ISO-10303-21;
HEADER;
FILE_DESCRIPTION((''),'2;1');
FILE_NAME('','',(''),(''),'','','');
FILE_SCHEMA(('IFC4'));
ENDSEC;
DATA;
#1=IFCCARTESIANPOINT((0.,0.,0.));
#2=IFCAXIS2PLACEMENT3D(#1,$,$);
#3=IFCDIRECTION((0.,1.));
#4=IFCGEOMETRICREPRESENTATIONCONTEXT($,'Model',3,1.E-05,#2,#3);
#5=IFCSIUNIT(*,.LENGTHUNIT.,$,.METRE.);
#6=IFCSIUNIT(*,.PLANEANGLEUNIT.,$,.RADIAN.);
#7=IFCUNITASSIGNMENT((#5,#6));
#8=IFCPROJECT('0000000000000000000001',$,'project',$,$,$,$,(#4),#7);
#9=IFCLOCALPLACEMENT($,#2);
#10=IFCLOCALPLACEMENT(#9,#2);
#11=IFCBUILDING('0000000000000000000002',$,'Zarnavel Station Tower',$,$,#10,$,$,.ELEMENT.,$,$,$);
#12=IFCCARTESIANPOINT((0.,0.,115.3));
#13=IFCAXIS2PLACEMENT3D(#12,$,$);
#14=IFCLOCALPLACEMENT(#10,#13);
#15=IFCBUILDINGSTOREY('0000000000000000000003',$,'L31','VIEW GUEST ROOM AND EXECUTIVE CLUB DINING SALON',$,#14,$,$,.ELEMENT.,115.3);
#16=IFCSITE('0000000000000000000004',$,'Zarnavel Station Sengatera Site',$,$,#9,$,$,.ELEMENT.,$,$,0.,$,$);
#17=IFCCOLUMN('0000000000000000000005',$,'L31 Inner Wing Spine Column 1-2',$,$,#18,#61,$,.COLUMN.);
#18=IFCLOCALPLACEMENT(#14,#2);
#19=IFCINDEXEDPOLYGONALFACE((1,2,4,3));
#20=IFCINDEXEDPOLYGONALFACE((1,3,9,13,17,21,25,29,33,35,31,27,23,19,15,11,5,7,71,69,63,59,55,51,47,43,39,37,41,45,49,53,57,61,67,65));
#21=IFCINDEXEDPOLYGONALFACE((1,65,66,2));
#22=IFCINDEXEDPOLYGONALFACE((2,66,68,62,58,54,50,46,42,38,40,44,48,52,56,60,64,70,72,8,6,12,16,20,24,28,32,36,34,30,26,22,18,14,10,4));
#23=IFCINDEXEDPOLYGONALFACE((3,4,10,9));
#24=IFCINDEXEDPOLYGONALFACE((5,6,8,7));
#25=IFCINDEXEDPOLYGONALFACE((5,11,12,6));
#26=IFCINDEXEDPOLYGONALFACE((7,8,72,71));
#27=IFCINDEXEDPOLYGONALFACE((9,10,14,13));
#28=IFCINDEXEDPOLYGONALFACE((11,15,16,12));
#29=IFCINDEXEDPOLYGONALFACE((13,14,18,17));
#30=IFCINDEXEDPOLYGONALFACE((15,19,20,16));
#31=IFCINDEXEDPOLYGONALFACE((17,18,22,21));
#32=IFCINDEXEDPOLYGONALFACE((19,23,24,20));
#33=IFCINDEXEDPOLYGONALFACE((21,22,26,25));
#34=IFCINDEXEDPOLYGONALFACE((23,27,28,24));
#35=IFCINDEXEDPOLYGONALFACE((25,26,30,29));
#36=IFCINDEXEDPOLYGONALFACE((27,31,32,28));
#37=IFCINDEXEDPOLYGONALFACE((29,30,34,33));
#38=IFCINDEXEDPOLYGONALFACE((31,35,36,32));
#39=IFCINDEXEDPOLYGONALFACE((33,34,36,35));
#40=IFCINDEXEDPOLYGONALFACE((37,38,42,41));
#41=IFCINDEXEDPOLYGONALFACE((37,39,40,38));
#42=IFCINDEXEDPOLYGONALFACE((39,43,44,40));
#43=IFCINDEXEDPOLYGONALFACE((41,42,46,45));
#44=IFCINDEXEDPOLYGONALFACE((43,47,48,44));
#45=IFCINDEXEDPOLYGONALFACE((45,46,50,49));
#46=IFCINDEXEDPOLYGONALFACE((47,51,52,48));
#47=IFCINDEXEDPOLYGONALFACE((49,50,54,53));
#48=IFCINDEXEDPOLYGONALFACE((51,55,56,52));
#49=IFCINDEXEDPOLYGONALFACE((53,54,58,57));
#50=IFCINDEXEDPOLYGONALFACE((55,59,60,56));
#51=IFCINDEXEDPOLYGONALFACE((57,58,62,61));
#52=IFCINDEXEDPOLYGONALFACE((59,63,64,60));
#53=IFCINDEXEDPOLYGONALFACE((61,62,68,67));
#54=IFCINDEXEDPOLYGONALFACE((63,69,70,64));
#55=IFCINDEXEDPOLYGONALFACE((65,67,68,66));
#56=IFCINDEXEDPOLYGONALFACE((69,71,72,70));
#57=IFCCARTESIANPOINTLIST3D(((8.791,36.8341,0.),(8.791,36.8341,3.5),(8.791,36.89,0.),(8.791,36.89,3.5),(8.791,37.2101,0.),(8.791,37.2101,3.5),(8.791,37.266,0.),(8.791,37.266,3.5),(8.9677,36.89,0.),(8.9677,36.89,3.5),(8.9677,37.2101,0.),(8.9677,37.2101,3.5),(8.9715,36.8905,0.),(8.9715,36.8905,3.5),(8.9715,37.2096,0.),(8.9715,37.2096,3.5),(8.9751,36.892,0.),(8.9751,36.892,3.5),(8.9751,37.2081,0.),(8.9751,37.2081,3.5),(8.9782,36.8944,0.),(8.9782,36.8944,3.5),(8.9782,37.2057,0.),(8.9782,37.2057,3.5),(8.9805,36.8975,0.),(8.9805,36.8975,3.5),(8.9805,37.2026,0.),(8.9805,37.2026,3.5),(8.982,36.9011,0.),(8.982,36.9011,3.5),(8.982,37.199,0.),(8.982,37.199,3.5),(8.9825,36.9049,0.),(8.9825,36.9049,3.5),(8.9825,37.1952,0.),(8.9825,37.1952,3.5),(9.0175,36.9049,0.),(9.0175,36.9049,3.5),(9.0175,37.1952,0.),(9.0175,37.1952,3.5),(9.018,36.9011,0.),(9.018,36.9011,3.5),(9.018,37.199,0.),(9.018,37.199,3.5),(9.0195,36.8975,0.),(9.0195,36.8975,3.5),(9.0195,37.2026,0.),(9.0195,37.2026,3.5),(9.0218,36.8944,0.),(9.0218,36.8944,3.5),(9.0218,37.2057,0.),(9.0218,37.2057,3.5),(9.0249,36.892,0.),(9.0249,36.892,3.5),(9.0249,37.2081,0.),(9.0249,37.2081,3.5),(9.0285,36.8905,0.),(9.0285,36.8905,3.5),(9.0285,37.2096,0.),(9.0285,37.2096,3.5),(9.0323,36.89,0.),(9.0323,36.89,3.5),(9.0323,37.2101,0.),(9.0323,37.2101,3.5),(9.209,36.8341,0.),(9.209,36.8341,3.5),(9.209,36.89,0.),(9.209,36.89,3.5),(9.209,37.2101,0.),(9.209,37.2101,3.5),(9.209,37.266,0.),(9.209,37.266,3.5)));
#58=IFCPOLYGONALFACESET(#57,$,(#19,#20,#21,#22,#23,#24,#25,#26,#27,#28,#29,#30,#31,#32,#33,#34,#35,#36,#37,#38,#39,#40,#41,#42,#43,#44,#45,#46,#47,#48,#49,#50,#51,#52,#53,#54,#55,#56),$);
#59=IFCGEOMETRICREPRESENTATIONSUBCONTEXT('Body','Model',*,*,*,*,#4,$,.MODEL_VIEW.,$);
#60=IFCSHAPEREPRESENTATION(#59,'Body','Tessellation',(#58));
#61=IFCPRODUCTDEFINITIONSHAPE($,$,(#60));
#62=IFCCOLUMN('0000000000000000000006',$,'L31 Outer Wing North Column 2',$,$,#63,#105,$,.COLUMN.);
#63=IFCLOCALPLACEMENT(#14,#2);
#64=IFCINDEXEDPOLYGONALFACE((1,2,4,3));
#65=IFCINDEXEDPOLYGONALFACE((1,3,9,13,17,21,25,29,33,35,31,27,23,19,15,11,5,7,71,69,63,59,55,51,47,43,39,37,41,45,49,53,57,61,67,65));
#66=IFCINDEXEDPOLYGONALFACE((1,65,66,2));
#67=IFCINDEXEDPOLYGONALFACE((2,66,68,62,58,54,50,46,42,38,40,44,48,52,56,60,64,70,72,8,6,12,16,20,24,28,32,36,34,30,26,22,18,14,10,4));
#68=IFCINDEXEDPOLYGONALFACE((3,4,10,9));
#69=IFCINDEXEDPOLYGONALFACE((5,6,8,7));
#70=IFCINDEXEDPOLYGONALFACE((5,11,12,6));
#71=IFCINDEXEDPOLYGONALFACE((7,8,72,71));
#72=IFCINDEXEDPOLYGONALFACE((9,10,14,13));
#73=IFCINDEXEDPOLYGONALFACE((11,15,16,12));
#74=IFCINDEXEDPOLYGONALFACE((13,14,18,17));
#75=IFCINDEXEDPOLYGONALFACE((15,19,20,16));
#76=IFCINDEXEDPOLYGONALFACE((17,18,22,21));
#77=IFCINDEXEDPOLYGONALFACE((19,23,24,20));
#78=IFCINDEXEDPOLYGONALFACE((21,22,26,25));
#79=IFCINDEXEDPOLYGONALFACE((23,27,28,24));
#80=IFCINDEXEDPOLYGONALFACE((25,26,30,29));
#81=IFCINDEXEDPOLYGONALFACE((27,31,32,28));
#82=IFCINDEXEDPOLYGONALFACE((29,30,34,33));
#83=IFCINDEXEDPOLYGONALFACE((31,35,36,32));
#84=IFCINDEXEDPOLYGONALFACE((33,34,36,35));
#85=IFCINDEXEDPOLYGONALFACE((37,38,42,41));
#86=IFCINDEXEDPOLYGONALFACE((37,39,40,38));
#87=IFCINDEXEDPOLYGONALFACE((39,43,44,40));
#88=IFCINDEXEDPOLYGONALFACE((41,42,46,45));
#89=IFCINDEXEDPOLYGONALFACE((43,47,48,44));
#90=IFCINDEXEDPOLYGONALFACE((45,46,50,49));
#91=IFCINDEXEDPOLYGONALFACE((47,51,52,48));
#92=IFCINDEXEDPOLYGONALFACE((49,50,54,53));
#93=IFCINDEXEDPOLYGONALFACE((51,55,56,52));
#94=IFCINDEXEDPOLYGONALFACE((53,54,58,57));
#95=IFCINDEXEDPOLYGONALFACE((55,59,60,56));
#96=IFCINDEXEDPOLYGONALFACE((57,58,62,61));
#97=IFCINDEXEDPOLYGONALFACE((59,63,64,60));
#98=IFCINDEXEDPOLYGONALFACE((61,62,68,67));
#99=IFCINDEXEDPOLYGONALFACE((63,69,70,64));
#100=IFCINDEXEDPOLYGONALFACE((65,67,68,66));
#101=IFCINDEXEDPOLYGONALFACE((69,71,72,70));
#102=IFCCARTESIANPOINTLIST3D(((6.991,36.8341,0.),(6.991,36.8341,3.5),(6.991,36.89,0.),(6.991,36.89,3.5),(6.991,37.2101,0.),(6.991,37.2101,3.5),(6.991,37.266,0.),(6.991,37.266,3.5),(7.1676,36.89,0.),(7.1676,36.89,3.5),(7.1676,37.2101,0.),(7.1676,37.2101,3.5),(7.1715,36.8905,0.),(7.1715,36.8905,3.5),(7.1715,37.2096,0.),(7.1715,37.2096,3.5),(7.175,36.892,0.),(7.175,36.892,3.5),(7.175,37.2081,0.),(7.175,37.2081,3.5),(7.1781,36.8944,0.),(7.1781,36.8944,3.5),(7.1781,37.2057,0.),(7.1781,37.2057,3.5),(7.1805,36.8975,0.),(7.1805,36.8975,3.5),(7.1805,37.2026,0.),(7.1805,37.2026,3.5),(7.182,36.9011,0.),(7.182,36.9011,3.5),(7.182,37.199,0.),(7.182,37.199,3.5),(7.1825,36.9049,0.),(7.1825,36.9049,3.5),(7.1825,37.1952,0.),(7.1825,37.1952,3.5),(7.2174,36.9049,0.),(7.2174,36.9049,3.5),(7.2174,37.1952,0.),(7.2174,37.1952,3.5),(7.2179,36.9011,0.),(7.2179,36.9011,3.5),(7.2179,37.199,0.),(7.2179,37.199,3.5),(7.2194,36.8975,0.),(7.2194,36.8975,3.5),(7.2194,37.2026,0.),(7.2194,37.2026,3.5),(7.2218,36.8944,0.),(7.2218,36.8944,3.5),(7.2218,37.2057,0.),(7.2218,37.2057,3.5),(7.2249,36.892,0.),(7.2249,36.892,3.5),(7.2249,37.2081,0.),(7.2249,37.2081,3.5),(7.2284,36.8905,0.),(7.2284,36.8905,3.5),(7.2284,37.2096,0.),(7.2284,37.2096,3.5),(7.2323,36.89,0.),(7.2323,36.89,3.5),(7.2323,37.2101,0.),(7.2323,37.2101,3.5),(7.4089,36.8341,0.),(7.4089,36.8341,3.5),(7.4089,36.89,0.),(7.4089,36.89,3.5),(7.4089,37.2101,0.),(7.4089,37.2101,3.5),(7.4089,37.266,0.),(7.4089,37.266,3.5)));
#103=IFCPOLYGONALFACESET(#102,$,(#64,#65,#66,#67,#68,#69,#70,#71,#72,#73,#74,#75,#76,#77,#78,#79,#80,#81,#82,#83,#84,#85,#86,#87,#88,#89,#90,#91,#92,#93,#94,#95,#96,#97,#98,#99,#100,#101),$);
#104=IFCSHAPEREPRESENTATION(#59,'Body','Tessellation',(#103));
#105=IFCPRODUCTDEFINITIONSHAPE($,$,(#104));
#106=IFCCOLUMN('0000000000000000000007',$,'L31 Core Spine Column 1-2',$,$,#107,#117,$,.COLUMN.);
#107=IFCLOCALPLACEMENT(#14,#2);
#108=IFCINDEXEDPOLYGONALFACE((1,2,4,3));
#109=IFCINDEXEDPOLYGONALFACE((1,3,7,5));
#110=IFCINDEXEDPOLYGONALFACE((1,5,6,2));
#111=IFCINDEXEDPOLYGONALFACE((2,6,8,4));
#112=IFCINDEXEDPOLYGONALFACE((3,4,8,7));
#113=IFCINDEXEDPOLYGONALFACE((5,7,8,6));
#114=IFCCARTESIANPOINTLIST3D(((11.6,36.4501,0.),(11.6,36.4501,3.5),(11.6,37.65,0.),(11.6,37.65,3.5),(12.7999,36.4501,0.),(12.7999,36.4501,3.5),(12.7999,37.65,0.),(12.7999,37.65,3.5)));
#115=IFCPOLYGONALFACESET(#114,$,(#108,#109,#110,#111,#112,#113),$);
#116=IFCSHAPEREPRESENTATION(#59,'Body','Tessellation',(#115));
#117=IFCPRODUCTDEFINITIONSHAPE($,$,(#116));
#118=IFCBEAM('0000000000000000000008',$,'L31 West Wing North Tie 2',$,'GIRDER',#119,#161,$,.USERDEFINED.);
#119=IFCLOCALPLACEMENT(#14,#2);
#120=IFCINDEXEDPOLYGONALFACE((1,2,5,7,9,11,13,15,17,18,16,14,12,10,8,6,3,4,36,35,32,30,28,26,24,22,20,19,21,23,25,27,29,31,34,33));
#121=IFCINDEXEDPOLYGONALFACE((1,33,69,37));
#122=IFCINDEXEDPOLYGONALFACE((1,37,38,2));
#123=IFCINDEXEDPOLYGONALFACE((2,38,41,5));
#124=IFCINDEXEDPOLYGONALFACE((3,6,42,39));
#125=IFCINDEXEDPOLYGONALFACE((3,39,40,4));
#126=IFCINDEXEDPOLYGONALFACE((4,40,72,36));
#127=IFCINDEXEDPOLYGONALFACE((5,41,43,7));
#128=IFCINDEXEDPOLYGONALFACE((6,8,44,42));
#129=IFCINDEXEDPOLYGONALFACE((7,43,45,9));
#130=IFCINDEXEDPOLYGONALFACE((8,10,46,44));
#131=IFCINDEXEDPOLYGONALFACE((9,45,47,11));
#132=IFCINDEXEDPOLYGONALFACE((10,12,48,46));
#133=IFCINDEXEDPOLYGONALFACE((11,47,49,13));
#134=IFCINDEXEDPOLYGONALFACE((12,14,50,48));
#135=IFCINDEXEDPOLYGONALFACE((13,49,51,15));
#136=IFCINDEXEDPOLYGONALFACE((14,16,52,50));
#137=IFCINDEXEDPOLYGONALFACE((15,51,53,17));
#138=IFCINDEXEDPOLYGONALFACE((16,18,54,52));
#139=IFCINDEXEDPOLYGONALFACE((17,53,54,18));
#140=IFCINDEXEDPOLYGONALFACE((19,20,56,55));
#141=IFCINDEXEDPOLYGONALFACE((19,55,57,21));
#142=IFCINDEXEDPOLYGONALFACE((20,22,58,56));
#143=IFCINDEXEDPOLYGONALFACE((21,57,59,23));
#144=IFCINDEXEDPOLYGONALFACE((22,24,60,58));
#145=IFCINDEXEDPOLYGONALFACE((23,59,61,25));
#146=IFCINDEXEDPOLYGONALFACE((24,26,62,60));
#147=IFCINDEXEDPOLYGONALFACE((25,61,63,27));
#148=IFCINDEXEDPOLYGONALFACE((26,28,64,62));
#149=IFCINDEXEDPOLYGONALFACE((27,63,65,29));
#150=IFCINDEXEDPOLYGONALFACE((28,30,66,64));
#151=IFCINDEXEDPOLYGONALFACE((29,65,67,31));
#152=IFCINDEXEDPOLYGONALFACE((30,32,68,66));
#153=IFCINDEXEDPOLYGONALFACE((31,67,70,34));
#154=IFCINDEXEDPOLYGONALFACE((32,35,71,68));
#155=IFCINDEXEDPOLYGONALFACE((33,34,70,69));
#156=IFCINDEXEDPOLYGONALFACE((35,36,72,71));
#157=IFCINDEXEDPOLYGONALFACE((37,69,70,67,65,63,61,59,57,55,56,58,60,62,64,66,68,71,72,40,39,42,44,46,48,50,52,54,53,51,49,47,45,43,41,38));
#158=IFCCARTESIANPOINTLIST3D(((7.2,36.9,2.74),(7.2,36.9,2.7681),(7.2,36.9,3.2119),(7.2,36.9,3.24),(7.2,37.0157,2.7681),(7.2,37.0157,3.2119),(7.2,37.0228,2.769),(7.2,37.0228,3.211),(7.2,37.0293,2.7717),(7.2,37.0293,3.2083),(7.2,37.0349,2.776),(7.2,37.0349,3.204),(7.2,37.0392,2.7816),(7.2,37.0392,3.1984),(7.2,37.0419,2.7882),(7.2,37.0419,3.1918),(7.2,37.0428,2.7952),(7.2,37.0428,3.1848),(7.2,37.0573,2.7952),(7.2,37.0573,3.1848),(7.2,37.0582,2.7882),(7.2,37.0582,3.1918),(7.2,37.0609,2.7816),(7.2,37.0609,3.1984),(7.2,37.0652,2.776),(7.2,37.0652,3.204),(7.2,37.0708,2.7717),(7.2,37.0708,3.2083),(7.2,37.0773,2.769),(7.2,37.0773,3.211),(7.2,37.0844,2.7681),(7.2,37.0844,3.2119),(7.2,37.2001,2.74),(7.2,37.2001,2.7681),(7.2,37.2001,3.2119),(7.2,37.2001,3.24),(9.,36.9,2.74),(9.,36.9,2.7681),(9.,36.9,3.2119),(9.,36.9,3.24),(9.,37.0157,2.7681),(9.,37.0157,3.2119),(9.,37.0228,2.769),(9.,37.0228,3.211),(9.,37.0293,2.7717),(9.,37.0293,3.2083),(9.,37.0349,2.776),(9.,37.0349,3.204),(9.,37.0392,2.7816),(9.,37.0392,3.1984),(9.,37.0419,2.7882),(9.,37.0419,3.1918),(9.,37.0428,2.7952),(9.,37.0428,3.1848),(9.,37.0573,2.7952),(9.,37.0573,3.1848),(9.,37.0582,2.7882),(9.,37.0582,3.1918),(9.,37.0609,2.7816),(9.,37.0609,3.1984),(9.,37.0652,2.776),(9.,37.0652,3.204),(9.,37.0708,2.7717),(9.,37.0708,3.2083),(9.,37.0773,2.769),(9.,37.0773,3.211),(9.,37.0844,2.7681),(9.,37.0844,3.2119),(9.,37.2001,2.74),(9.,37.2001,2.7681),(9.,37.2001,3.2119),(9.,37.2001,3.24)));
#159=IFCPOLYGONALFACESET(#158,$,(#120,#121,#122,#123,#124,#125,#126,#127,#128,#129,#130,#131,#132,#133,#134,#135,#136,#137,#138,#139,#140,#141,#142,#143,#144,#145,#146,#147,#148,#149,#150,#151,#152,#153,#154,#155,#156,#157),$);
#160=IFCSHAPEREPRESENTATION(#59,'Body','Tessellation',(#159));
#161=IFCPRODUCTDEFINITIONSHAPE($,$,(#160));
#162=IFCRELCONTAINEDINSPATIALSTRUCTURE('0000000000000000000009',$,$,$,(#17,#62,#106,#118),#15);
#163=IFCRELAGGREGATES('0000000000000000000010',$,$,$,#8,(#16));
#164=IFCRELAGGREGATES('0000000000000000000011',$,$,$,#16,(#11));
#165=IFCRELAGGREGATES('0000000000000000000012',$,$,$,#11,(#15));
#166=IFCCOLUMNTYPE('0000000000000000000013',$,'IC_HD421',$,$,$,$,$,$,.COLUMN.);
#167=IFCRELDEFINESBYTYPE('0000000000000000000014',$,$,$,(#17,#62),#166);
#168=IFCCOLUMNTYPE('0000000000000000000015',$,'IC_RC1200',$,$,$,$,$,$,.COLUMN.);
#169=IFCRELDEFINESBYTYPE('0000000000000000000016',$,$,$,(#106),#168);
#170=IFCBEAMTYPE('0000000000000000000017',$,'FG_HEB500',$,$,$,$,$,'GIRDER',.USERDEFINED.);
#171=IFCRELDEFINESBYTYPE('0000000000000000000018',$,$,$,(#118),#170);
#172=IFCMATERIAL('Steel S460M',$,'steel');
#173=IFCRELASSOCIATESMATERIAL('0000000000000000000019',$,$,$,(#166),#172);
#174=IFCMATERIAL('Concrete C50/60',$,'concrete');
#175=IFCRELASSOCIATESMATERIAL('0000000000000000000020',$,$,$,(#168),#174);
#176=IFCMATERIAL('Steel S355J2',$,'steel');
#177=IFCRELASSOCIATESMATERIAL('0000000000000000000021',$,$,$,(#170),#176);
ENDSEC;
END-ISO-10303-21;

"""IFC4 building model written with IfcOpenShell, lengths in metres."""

from ifc_helpers import new_model, si_unit, direction, frame, origin, origin_2d, place, context, subcontext, project, spatial, rectangle, i_section, extrude, material, material_profile, profile_set, type_object, element, save


model = new_model("IFC4")

# Units and contexts
model_context = context("Model", 3, precision=1e-05, world=origin(), true_north=direction((0.0, 1.0)))
body_context = subcontext(model_context, "Body", "Model", "MODEL_VIEW")
ifc_project = project(units=[si_unit("LENGTHUNIT", "METRE"), si_unit("PLANEANGLEUNIT", "RADIAN")], contexts=[model_context])

# Site, building, storey
site_placement = place(None, origin())
site = spatial("IfcSite", under=ifc_project, at=site_placement, Name="Zarnavel Station Sengatera Site", CompositionType="ELEMENT", RefElevation=0.0)
building_placement = place(site_placement, origin())
building = spatial("IfcBuilding", under=site, at=building_placement, Name="Zarnavel Station Tower", CompositionType="ELEMENT")
storey_placement = place(building_placement, frame((0.0, 0.0, 115.3)))
storey = spatial("IfcBuildingStorey", under=building, at=storey_placement, Name="L31", Description="VIEW GUEST ROOM AND EXECUTIVE CLUB DINING SALON", CompositionType="ELEMENT", Elevation=115.3)

# Columns
ifc_material_1 = material(Name="Steel S460M", Category="steel")
ifc_material_profile_1 = material_profile(ifc_material_1, i_section(OverallWidth=0.418, OverallDepth=0.4319, WebThickness=0.0349, FlangeThickness=0.0559, FilletRadius=0.0149, at=origin_2d()), Name="HD400x421")
ifc_profile_set_1 = profile_set([ifc_material_profile_1], Name="Steel S460M")
column_type_1 = type_object("IfcColumnType", Name="IC_HD421", PredefinedType="COLUMN", material=ifc_profile_set_1)
for number, where, z_axis, x_axis, name in (
    (1, (9.0, 37.05, 0.0), (0.0, 0.0, 1.0), (1.0, 0.0, 0.0), "L31 Inner Wing Spine Column 1-2"),
    (2, (7.2, 37.05, 0.0), (0.0, 0.0, 1.0), (1.0, 0.0, 0.0), "L31 Outer Wing North Column 2"),
):
    element("IfcColumn", number, at=place(storey_placement, frame(where, z_axis=z_axis, x_axis=x_axis)), inside=storey, type_object=column_type_1, Name=name, PredefinedType="COLUMN", context=body_context, shape_type="SweptSolid", body=[
        extrude(i_section(OverallWidth=0.418, OverallDepth=0.4319, WebThickness=0.0349, FlangeThickness=0.0559, FilletRadius=0.0149, at=origin_2d()), origin(), (0.0, 0.0, 1.0), 3.5),
    ])
ifc_material_2 = material(Name="Concrete C50/60", Category="concrete")
ifc_material_profile_2 = material_profile(ifc_material_2, rectangle(XDim=1.2, YDim=1.2, at=origin_2d()), Name="RC1200x1200")
ifc_profile_set_2 = profile_set([ifc_material_profile_2], Name="Concrete C50/60")
column_type_2 = type_object("IfcColumnType", Name="IC_RC1200", PredefinedType="COLUMN", material=ifc_profile_set_2)
column_placement = place(storey_placement, frame((12.2, 37.05, 0.0), z_axis=(0.0, 0.0, 1.0), x_axis=(1.0, 0.0, 0.0)))
element("IfcColumn", 3, at=column_placement, inside=storey, type_object=column_type_2, Name="L31 Core Spine Column 1-2", PredefinedType="COLUMN", context=body_context, shape_type="SweptSolid", body=[
    extrude(rectangle(XDim=1.2, YDim=1.2, at=origin_2d()), origin(), (0.0, 0.0, 1.0), 3.5),
])

# Beam
ifc_material_3 = material(Name="Steel S355J2", Category="steel")
ifc_material_profile_3 = material_profile(ifc_material_3, i_section(OverallWidth=0.3, OverallDepth=0.5, WebThickness=0.0144, FlangeThickness=0.0281, FilletRadius=0.0271, at=origin_2d()), Name="HEB500")
ifc_profile_set_3 = profile_set([ifc_material_profile_3], Name="Steel S355J2")
beam_type = type_object("IfcBeamType", Name="FG_HEB500", ElementType="GIRDER", PredefinedType="USERDEFINED", material=ifc_profile_set_3)
beam_1_placement = place(storey_placement, frame((7.2, 37.05, 2.99), z_axis=(1.0, 0.0, 0.0), x_axis=(0.0, 1.0, 0.0)))
element("IfcBeam", 4, at=beam_1_placement, inside=storey, type_object=beam_type, Name="L31 West Wing North Tie 2", ObjectType="GIRDER", PredefinedType="USERDEFINED", context=body_context, shape_type="SweptSolid", body=[
    extrude(i_section(OverallWidth=0.3, OverallDepth=0.5, WebThickness=0.0144, FlangeThickness=0.0281, FilletRadius=0.0271, at=origin_2d()), origin(), (0.0, 0.0, 1.0), 1.8),
])

save(model, "model.ifc")
